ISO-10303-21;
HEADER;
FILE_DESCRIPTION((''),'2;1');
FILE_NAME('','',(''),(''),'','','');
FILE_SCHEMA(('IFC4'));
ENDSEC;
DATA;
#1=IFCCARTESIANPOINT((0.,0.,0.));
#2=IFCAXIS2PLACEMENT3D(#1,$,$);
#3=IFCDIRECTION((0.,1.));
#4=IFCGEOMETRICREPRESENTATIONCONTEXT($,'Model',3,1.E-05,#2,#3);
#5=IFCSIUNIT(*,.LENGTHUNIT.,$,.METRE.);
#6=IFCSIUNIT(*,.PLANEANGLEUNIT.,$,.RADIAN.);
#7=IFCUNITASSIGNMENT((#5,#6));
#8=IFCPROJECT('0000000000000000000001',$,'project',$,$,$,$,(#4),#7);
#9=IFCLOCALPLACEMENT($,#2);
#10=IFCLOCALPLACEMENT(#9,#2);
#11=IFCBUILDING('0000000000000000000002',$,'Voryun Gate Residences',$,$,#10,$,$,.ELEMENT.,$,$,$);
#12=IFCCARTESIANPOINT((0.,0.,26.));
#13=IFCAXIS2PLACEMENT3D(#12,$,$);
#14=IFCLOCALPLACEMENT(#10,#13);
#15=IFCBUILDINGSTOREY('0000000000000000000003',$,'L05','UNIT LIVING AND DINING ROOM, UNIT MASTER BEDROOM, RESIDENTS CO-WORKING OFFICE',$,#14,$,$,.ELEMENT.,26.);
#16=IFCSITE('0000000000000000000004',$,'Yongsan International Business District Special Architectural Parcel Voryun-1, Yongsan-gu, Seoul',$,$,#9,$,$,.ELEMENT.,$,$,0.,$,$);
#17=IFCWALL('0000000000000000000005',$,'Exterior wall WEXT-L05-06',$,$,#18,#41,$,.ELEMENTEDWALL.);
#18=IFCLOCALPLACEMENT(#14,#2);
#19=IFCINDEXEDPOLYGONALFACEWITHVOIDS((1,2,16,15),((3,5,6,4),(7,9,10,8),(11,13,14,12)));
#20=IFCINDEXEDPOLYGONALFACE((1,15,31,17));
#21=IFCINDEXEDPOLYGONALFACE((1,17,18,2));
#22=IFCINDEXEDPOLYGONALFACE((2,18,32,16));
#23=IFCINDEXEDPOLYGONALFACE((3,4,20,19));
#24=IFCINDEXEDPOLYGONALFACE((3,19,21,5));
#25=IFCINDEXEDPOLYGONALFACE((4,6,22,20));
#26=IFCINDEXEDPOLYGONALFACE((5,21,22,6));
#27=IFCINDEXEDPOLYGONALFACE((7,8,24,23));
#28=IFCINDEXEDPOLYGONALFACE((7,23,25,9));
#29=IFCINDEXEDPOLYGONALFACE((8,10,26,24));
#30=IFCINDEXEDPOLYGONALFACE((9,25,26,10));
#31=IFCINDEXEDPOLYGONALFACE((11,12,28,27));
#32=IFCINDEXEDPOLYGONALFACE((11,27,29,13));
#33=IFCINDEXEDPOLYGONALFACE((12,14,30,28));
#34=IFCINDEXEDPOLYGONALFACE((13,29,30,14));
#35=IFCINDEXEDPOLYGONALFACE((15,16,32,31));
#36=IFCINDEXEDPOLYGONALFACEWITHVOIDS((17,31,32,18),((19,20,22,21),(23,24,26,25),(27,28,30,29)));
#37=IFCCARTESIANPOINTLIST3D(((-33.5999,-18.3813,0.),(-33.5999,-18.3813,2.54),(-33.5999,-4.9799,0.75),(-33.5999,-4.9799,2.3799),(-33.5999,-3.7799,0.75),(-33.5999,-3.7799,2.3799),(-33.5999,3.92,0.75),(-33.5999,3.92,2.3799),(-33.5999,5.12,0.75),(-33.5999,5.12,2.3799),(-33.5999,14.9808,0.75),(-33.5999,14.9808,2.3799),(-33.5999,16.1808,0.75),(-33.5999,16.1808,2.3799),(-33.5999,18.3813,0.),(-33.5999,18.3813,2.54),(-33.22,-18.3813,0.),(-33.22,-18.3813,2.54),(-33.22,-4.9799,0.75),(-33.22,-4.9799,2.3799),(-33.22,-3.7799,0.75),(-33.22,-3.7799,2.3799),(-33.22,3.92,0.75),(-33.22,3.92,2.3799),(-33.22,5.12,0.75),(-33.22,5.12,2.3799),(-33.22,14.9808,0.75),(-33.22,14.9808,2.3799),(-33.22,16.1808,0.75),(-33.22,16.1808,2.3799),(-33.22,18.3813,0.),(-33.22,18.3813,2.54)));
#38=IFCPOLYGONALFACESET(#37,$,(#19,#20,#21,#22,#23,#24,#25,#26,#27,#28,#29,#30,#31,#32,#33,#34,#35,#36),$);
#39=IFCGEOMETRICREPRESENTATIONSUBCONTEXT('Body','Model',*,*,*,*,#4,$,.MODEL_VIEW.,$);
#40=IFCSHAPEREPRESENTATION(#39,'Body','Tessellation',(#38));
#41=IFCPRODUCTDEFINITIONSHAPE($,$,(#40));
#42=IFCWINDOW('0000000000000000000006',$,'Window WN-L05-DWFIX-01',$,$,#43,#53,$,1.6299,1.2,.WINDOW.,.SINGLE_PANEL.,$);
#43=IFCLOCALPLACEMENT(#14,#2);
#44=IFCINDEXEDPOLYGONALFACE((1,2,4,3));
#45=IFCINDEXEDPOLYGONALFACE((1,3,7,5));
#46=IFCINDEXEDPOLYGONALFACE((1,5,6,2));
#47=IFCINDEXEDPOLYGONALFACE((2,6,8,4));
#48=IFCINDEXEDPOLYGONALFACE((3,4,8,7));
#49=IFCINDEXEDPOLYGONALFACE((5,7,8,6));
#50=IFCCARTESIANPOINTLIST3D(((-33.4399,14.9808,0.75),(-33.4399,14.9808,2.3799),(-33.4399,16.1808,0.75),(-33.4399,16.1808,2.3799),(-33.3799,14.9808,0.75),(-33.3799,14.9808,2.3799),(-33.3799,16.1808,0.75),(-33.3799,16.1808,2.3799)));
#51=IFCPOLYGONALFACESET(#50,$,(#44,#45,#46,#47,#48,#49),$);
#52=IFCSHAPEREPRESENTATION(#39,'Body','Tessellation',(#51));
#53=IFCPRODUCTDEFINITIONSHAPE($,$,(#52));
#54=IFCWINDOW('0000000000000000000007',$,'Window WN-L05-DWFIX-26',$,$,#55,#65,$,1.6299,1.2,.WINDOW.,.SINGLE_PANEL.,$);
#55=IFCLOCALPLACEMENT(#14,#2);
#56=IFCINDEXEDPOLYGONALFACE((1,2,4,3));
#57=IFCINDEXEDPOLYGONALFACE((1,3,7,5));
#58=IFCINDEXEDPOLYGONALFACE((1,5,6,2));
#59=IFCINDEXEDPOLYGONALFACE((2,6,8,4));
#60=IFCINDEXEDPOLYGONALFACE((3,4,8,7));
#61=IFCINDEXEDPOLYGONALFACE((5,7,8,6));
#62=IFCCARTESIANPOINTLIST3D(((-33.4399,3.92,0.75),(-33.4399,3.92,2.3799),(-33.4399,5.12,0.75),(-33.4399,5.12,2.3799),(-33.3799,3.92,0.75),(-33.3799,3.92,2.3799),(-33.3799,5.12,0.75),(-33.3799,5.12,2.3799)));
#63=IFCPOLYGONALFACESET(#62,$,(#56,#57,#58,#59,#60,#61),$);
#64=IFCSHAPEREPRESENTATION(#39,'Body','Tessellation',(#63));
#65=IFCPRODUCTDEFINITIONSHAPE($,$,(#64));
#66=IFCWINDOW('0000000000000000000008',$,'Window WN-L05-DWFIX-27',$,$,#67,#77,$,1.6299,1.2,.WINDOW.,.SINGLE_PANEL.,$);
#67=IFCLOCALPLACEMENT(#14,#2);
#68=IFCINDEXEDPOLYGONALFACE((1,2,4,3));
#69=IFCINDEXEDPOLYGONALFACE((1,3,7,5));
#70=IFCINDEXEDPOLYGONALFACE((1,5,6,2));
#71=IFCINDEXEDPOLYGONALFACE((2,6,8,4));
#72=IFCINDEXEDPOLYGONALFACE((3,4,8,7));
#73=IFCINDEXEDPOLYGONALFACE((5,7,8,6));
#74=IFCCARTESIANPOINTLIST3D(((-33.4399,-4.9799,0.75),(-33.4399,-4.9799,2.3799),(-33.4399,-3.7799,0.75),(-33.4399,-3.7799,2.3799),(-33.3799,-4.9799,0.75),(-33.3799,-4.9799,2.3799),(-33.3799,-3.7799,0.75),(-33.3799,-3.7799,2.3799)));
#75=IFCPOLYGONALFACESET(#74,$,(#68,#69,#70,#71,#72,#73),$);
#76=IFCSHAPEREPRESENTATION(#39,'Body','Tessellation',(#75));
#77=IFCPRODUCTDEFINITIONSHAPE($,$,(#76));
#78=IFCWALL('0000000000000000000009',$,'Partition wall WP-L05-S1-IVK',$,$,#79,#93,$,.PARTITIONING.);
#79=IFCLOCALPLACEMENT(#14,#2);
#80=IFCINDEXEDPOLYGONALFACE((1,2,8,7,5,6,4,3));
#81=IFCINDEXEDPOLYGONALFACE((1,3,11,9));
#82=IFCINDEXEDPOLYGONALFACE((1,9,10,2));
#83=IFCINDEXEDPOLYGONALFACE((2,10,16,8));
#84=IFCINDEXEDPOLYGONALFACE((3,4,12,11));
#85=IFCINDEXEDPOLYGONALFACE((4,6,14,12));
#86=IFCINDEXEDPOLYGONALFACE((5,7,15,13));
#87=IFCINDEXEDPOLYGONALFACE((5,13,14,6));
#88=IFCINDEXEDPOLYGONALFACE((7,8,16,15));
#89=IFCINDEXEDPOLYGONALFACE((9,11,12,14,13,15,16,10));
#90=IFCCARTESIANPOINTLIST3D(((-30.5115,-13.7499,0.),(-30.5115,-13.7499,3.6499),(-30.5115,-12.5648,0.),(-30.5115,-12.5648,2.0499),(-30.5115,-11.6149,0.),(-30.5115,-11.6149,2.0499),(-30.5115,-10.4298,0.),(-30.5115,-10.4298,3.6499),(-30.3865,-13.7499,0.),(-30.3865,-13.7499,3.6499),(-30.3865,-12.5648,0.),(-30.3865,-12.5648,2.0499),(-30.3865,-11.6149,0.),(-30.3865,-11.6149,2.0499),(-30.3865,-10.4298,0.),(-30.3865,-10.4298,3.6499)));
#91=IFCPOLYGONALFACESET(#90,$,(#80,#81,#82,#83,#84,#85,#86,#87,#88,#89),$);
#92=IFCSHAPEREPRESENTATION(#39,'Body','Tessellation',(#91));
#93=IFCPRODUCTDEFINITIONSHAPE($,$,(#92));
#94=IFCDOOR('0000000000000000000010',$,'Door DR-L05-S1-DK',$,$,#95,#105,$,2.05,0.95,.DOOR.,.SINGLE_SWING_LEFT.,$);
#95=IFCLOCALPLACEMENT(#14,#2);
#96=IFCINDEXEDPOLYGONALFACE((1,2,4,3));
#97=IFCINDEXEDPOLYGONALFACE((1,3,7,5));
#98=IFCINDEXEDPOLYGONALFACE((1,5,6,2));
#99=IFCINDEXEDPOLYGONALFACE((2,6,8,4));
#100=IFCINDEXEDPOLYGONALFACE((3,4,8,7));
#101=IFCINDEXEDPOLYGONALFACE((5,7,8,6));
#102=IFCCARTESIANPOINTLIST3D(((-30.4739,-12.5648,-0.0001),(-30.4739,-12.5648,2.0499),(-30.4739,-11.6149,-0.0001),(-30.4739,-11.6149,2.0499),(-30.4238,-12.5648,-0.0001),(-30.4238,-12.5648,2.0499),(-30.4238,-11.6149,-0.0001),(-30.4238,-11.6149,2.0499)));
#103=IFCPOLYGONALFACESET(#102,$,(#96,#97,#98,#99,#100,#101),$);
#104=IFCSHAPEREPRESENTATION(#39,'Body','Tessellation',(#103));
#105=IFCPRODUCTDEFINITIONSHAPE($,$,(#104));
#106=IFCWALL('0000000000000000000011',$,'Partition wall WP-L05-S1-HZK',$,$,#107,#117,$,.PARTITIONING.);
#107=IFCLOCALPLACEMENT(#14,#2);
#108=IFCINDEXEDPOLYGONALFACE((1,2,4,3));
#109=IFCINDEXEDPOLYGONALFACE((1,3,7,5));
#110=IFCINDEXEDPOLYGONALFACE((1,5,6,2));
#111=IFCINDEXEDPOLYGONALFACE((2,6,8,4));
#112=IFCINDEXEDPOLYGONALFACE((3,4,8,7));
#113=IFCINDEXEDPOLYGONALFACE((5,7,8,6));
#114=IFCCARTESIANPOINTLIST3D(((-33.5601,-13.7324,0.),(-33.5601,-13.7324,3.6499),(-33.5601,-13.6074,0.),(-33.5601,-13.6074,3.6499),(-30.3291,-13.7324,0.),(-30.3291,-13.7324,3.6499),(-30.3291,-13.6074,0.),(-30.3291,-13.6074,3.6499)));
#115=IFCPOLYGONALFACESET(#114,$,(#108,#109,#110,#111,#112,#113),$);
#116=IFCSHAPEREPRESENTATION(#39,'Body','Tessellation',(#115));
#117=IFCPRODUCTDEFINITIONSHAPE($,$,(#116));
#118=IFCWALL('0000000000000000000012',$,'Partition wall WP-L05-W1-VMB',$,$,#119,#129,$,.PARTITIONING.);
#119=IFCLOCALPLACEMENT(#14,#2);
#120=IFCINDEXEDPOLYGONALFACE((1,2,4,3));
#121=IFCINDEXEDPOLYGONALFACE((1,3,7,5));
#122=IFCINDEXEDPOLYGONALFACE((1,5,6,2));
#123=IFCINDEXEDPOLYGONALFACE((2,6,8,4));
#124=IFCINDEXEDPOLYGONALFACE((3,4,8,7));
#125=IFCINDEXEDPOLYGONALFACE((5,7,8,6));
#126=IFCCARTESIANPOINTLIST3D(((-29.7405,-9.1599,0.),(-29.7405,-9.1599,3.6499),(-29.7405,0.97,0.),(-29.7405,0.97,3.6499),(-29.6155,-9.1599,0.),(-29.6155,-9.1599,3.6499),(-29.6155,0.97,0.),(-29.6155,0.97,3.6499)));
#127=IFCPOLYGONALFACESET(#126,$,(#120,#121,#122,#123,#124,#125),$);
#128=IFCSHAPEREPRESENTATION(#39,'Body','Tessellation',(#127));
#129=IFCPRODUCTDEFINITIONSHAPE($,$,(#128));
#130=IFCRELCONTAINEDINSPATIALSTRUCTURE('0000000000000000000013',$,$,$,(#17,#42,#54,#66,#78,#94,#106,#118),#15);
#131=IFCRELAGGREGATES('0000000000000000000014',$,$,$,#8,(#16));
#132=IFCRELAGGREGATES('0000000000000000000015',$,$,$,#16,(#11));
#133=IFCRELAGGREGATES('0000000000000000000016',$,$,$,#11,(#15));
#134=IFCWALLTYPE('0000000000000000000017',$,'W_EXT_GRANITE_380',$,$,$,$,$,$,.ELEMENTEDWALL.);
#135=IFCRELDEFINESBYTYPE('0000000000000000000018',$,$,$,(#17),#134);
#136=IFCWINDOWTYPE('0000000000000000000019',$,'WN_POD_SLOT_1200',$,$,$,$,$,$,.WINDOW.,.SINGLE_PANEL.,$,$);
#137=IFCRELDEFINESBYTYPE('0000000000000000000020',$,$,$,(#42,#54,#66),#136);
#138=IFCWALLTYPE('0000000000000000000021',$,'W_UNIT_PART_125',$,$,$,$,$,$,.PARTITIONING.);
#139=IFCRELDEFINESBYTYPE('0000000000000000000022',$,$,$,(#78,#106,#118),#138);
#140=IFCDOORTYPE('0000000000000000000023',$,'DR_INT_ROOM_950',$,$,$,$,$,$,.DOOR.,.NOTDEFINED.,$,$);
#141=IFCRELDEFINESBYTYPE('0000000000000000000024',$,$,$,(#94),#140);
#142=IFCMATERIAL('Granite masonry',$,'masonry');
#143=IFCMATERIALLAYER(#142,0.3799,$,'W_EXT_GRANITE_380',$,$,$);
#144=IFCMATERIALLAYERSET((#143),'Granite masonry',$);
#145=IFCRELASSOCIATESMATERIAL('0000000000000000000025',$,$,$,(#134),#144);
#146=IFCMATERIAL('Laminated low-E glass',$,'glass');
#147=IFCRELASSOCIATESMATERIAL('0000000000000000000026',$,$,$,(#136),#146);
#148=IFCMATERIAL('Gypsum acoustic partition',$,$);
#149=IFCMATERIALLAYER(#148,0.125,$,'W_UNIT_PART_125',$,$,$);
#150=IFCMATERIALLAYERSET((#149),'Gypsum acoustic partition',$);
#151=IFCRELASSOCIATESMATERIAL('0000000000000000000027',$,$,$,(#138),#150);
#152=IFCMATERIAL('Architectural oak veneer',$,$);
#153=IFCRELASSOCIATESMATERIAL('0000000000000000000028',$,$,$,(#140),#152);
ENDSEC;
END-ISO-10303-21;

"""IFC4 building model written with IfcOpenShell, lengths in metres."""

from ifc_helpers import new_model, si_unit, direction, frame, frame_2d, origin, place, context, subcontext, project, spatial, rectangle, extrude, material, layer, layer_set, type_object, element, fill, save


model = new_model("IFC4")

# Units and contexts
model_context = context("Model", 3, precision=1e-05, world=origin(), true_north=direction((0.0, 1.0)))
body_context = subcontext(model_context, "Body", "Model", "MODEL_VIEW")
ifc_project = project(units=[si_unit("LENGTHUNIT", "METRE"), si_unit("PLANEANGLEUNIT", "RADIAN")], contexts=[model_context])

# Site, building, storey
site_placement = place(None, origin())
site = spatial("IfcSite", under=ifc_project, at=site_placement, Name="Yongsan International Business District Special Architectural Parcel Voryun-1, Yongsan-gu, Seoul", CompositionType="ELEMENT", RefElevation=0.0)
building_placement = place(site_placement, origin())
building = spatial("IfcBuilding", under=site, at=building_placement, Name="Voryun Gate Residences", CompositionType="ELEMENT")
storey_placement = place(building_placement, frame((0.0, 0.0, 26.0)))
storey = spatial("IfcBuildingStorey", under=building, at=storey_placement, Name="L05", Description="UNIT LIVING AND DINING ROOM, UNIT MASTER BEDROOM, RESIDENTS CO-WORKING OFFICE", CompositionType="ELEMENT", Elevation=26.0)

# Wall, openings, windows
ifc_material_1 = material(Name="Granite masonry", Category="masonry")
ifc_layer_1 = layer(ifc_material_1, 0.3799, Name="W_EXT_GRANITE_380")
ifc_layer_set_1 = layer_set([ifc_layer_1], Name="Granite masonry")
wall_type_1 = type_object("IfcWallType", Name="W_EXT_GRANITE_380", PredefinedType="ELEMENTEDWALL", material=ifc_layer_set_1)
wall_1_placement = place(storey_placement, frame((-33.4099, -18.3813, 0.0), z_axis=(0.0, 0.0, 1.0), x_axis=(0.0, 1.0, 0.0)))
wall_1 = element("IfcWall", 1, at=wall_1_placement, inside=storey, type_object=wall_type_1, Name="Exterior wall WEXT-L05-06", PredefinedType="ELEMENTEDWALL", context=body_context, shape_type="SweptSolid", body=[
    extrude(rectangle(XDim=36.7627, YDim=0.3799, at=frame_2d((18.3813, 0.0))), origin(), (0.0, 0.0, 1.0), 2.54),
])
opening_1_placement = place(wall_1_placement, frame((33.3621, 0.0, 0.75)))
opening_1 = element("IfcOpeningElement", 2, at=opening_1_placement, cuts=wall_1, PredefinedType="OPENING", context=body_context, shape_type="SweptSolid", body=[
    extrude(rectangle(XDim=1.2, YDim=1.6299, at=frame_2d((0.6001, 0.8149))), frame((0.0, 0.2, 0.0), z_axis=(0.0, -1.0, 0.0), x_axis=(1.0, 0.0, 0.0)), (0.0, 0.0, 1.0), 0.3999),
])
opening_2_placement = place(wall_1_placement, frame((22.3013, 0.0, 0.75)))
opening_2 = element("IfcOpeningElement", 3, at=opening_2_placement, cuts=wall_1, PredefinedType="OPENING", context=body_context, shape_type="SweptSolid", body=[
    extrude(rectangle(XDim=1.2, YDim=1.6299, at=frame_2d((0.6001, 0.8149))), frame((0.0, 0.2, 0.0), z_axis=(0.0, -1.0, 0.0), x_axis=(1.0, 0.0, 0.0)), (0.0, 0.0, 1.0), 0.3999),
])
opening_3_placement = place(wall_1_placement, frame((13.4014, 0.0, 0.75)))
opening_3 = element("IfcOpeningElement", 4, at=opening_3_placement, cuts=wall_1, PredefinedType="OPENING", context=body_context, shape_type="SweptSolid", body=[
    extrude(rectangle(XDim=1.2, YDim=1.6299, at=frame_2d((0.6001, 0.8149))), frame((0.0, 0.2, 0.0), z_axis=(0.0, -1.0, 0.0), x_axis=(1.0, 0.0, 0.0)), (0.0, 0.0, 1.0), 0.3999),
])
ifc_material_2 = material(Name="Laminated low-E glass", Category="glass")
window_type = type_object("IfcWindowType", Name="WN_POD_SLOT_1200", PartitioningType="SINGLE_PANEL", PredefinedType="WINDOW", material=ifc_material_2)
window_1_placement = place(opening_1_placement, origin())
window_1 = element("IfcWindow", 5, at=window_1_placement, inside=storey, type_object=window_type, Name="Window WN-L05-DWFIX-01", OverallHeight=1.6299, OverallWidth=1.2, PartitioningType="SINGLE_PANEL", PredefinedType="WINDOW", context=body_context, shape_type="SweptSolid", body=[
    extrude(rectangle(XDim=1.2, YDim=1.6299, at=frame_2d((0.6001, 0.8149))), frame((0.0, 0.03, 0.0), z_axis=(0.0, -1.0, 0.0), x_axis=(1.0, 0.0, 0.0)), (0.0, 0.0, 1.0), 0.0601),
])
fill(opening_1, window_1)
window_2_placement = place(opening_2_placement, origin())
window_2 = element("IfcWindow", 6, at=window_2_placement, inside=storey, type_object=window_type, Name="Window WN-L05-DWFIX-26", OverallHeight=1.6299, OverallWidth=1.2, PartitioningType="SINGLE_PANEL", PredefinedType="WINDOW", context=body_context, shape_type="SweptSolid", body=[
    extrude(rectangle(XDim=1.2, YDim=1.6299, at=frame_2d((0.6001, 0.8149))), frame((0.0, 0.03, 0.0), z_axis=(0.0, -1.0, 0.0), x_axis=(1.0, 0.0, 0.0)), (0.0, 0.0, 1.0), 0.0601),
])
fill(opening_2, window_2)
window_3_placement = place(opening_3_placement, origin())
window_3 = element("IfcWindow", 7, at=window_3_placement, inside=storey, type_object=window_type, Name="Window WN-L05-DWFIX-27", OverallHeight=1.6299, OverallWidth=1.2, PartitioningType="SINGLE_PANEL", PredefinedType="WINDOW", context=body_context, shape_type="SweptSolid", body=[
    extrude(rectangle(XDim=1.2, YDim=1.6299, at=frame_2d((0.6001, 0.8149))), frame((0.0, 0.03, 0.0), z_axis=(0.0, -1.0, 0.0), x_axis=(1.0, 0.0, 0.0)), (0.0, 0.0, 1.0), 0.0601),
])
fill(opening_3, window_3)

# Wall, opening, door
ifc_material_3 = material(Name="Gypsum acoustic partition")
ifc_layer_2 = layer(ifc_material_3, 0.125, Name="W_UNIT_PART_125")
ifc_layer_set_2 = layer_set([ifc_layer_2], Name="Gypsum acoustic partition")
wall_type_2 = type_object("IfcWallType", Name="W_UNIT_PART_125", PredefinedType="PARTITIONING", material=ifc_layer_set_2)
wall_2_placement = place(storey_placement, frame((-30.449, -13.75, 0.0), z_axis=(0.0, 0.0, 1.0), x_axis=(0.0, 1.0, 0.0)))
wall_2 = element("IfcWall", 8, at=wall_2_placement, inside=storey, type_object=wall_type_2, Name="Partition wall WP-L05-S1-IVK", PredefinedType="PARTITIONING", context=body_context, shape_type="SweptSolid", body=[
    extrude(rectangle(XDim=3.3201, YDim=0.125, at=frame_2d((1.6602, 0.0))), origin(), (0.0, 0.0, 1.0), 3.6499),
])
opening_4_placement = place(wall_2_placement, frame((1.1851, 0.0, 0.0)))
opening_4 = element("IfcOpeningElement", 9, at=opening_4_placement, cuts=wall_2, PredefinedType="OPENING", context=body_context, shape_type="SweptSolid", body=[
    extrude(rectangle(XDim=0.95, YDim=2.05, at=frame_2d((0.4751, 1.0249))), frame((0.0, 0.0725, 0.0), z_axis=(0.0, -1.0, 0.0), x_axis=(1.0, 0.0, 0.0)), (0.0, 0.0, 1.0), 0.145),
])
ifc_material_4 = material(Name="Architectural oak veneer")
door_type_1 = type_object("IfcDoorType", Name="DR_INT_ROOM_950", OperationType="NOTDEFINED", PredefinedType="DOOR", material=ifc_material_4)
door_1_placement = place(opening_4_placement, origin())
door_1 = element("IfcDoor", 10, at=door_1_placement, inside=storey, type_object=door_type_1, Name="Door DR-L05-S1-DK", OperationType="SINGLE_SWING_LEFT", OverallHeight=2.05, OverallWidth=0.95, PredefinedType="DOOR", context=body_context, shape_type="SweptSolid", body=[
    extrude(rectangle(XDim=0.95, YDim=2.05, at=frame_2d((0.4751, 1.0249))), frame((0.0, 0.0249, 0.0), z_axis=(0.0, -1.0, 0.0), x_axis=(1.0, 0.0, 0.0)), (0.0, 0.0, 1.0), 0.05),
])
fill(opening_4, door_1)

# Walls
wall_3_placement = place(storey_placement, frame((-33.5601, -13.6699, 0.0), z_axis=(0.0, 0.0, 1.0), x_axis=(1.0, 0.0, 0.0)))
element("IfcWall", 11, at=wall_3_placement, inside=storey, type_object=wall_type_2, Name="Partition wall WP-L05-S1-HZK", PredefinedType="PARTITIONING", context=body_context, shape_type="SweptSolid", body=[
    extrude(rectangle(XDim=3.231, YDim=0.125, at=frame_2d((1.6155, 0.0))), origin(), (0.0, 0.0, 1.0), 3.6499),
])
wall_4_placement = place(storey_placement, frame((-29.678, -9.1599, 0.0), z_axis=(0.0, 0.0, 1.0), x_axis=(0.0, 1.0, 0.0)))
element("IfcWall", 12, at=wall_4_placement, inside=storey, type_object=wall_type_2, Name="Partition wall WP-L05-W1-VMB", PredefinedType="PARTITIONING", context=body_context, shape_type="SweptSolid", body=[
    extrude(rectangle(XDim=10.1299, YDim=0.125, at=frame_2d((5.0649, 0.0))), origin(), (0.0, 0.0, 1.0), 3.6499),
])

save(model, "model.ifc")
